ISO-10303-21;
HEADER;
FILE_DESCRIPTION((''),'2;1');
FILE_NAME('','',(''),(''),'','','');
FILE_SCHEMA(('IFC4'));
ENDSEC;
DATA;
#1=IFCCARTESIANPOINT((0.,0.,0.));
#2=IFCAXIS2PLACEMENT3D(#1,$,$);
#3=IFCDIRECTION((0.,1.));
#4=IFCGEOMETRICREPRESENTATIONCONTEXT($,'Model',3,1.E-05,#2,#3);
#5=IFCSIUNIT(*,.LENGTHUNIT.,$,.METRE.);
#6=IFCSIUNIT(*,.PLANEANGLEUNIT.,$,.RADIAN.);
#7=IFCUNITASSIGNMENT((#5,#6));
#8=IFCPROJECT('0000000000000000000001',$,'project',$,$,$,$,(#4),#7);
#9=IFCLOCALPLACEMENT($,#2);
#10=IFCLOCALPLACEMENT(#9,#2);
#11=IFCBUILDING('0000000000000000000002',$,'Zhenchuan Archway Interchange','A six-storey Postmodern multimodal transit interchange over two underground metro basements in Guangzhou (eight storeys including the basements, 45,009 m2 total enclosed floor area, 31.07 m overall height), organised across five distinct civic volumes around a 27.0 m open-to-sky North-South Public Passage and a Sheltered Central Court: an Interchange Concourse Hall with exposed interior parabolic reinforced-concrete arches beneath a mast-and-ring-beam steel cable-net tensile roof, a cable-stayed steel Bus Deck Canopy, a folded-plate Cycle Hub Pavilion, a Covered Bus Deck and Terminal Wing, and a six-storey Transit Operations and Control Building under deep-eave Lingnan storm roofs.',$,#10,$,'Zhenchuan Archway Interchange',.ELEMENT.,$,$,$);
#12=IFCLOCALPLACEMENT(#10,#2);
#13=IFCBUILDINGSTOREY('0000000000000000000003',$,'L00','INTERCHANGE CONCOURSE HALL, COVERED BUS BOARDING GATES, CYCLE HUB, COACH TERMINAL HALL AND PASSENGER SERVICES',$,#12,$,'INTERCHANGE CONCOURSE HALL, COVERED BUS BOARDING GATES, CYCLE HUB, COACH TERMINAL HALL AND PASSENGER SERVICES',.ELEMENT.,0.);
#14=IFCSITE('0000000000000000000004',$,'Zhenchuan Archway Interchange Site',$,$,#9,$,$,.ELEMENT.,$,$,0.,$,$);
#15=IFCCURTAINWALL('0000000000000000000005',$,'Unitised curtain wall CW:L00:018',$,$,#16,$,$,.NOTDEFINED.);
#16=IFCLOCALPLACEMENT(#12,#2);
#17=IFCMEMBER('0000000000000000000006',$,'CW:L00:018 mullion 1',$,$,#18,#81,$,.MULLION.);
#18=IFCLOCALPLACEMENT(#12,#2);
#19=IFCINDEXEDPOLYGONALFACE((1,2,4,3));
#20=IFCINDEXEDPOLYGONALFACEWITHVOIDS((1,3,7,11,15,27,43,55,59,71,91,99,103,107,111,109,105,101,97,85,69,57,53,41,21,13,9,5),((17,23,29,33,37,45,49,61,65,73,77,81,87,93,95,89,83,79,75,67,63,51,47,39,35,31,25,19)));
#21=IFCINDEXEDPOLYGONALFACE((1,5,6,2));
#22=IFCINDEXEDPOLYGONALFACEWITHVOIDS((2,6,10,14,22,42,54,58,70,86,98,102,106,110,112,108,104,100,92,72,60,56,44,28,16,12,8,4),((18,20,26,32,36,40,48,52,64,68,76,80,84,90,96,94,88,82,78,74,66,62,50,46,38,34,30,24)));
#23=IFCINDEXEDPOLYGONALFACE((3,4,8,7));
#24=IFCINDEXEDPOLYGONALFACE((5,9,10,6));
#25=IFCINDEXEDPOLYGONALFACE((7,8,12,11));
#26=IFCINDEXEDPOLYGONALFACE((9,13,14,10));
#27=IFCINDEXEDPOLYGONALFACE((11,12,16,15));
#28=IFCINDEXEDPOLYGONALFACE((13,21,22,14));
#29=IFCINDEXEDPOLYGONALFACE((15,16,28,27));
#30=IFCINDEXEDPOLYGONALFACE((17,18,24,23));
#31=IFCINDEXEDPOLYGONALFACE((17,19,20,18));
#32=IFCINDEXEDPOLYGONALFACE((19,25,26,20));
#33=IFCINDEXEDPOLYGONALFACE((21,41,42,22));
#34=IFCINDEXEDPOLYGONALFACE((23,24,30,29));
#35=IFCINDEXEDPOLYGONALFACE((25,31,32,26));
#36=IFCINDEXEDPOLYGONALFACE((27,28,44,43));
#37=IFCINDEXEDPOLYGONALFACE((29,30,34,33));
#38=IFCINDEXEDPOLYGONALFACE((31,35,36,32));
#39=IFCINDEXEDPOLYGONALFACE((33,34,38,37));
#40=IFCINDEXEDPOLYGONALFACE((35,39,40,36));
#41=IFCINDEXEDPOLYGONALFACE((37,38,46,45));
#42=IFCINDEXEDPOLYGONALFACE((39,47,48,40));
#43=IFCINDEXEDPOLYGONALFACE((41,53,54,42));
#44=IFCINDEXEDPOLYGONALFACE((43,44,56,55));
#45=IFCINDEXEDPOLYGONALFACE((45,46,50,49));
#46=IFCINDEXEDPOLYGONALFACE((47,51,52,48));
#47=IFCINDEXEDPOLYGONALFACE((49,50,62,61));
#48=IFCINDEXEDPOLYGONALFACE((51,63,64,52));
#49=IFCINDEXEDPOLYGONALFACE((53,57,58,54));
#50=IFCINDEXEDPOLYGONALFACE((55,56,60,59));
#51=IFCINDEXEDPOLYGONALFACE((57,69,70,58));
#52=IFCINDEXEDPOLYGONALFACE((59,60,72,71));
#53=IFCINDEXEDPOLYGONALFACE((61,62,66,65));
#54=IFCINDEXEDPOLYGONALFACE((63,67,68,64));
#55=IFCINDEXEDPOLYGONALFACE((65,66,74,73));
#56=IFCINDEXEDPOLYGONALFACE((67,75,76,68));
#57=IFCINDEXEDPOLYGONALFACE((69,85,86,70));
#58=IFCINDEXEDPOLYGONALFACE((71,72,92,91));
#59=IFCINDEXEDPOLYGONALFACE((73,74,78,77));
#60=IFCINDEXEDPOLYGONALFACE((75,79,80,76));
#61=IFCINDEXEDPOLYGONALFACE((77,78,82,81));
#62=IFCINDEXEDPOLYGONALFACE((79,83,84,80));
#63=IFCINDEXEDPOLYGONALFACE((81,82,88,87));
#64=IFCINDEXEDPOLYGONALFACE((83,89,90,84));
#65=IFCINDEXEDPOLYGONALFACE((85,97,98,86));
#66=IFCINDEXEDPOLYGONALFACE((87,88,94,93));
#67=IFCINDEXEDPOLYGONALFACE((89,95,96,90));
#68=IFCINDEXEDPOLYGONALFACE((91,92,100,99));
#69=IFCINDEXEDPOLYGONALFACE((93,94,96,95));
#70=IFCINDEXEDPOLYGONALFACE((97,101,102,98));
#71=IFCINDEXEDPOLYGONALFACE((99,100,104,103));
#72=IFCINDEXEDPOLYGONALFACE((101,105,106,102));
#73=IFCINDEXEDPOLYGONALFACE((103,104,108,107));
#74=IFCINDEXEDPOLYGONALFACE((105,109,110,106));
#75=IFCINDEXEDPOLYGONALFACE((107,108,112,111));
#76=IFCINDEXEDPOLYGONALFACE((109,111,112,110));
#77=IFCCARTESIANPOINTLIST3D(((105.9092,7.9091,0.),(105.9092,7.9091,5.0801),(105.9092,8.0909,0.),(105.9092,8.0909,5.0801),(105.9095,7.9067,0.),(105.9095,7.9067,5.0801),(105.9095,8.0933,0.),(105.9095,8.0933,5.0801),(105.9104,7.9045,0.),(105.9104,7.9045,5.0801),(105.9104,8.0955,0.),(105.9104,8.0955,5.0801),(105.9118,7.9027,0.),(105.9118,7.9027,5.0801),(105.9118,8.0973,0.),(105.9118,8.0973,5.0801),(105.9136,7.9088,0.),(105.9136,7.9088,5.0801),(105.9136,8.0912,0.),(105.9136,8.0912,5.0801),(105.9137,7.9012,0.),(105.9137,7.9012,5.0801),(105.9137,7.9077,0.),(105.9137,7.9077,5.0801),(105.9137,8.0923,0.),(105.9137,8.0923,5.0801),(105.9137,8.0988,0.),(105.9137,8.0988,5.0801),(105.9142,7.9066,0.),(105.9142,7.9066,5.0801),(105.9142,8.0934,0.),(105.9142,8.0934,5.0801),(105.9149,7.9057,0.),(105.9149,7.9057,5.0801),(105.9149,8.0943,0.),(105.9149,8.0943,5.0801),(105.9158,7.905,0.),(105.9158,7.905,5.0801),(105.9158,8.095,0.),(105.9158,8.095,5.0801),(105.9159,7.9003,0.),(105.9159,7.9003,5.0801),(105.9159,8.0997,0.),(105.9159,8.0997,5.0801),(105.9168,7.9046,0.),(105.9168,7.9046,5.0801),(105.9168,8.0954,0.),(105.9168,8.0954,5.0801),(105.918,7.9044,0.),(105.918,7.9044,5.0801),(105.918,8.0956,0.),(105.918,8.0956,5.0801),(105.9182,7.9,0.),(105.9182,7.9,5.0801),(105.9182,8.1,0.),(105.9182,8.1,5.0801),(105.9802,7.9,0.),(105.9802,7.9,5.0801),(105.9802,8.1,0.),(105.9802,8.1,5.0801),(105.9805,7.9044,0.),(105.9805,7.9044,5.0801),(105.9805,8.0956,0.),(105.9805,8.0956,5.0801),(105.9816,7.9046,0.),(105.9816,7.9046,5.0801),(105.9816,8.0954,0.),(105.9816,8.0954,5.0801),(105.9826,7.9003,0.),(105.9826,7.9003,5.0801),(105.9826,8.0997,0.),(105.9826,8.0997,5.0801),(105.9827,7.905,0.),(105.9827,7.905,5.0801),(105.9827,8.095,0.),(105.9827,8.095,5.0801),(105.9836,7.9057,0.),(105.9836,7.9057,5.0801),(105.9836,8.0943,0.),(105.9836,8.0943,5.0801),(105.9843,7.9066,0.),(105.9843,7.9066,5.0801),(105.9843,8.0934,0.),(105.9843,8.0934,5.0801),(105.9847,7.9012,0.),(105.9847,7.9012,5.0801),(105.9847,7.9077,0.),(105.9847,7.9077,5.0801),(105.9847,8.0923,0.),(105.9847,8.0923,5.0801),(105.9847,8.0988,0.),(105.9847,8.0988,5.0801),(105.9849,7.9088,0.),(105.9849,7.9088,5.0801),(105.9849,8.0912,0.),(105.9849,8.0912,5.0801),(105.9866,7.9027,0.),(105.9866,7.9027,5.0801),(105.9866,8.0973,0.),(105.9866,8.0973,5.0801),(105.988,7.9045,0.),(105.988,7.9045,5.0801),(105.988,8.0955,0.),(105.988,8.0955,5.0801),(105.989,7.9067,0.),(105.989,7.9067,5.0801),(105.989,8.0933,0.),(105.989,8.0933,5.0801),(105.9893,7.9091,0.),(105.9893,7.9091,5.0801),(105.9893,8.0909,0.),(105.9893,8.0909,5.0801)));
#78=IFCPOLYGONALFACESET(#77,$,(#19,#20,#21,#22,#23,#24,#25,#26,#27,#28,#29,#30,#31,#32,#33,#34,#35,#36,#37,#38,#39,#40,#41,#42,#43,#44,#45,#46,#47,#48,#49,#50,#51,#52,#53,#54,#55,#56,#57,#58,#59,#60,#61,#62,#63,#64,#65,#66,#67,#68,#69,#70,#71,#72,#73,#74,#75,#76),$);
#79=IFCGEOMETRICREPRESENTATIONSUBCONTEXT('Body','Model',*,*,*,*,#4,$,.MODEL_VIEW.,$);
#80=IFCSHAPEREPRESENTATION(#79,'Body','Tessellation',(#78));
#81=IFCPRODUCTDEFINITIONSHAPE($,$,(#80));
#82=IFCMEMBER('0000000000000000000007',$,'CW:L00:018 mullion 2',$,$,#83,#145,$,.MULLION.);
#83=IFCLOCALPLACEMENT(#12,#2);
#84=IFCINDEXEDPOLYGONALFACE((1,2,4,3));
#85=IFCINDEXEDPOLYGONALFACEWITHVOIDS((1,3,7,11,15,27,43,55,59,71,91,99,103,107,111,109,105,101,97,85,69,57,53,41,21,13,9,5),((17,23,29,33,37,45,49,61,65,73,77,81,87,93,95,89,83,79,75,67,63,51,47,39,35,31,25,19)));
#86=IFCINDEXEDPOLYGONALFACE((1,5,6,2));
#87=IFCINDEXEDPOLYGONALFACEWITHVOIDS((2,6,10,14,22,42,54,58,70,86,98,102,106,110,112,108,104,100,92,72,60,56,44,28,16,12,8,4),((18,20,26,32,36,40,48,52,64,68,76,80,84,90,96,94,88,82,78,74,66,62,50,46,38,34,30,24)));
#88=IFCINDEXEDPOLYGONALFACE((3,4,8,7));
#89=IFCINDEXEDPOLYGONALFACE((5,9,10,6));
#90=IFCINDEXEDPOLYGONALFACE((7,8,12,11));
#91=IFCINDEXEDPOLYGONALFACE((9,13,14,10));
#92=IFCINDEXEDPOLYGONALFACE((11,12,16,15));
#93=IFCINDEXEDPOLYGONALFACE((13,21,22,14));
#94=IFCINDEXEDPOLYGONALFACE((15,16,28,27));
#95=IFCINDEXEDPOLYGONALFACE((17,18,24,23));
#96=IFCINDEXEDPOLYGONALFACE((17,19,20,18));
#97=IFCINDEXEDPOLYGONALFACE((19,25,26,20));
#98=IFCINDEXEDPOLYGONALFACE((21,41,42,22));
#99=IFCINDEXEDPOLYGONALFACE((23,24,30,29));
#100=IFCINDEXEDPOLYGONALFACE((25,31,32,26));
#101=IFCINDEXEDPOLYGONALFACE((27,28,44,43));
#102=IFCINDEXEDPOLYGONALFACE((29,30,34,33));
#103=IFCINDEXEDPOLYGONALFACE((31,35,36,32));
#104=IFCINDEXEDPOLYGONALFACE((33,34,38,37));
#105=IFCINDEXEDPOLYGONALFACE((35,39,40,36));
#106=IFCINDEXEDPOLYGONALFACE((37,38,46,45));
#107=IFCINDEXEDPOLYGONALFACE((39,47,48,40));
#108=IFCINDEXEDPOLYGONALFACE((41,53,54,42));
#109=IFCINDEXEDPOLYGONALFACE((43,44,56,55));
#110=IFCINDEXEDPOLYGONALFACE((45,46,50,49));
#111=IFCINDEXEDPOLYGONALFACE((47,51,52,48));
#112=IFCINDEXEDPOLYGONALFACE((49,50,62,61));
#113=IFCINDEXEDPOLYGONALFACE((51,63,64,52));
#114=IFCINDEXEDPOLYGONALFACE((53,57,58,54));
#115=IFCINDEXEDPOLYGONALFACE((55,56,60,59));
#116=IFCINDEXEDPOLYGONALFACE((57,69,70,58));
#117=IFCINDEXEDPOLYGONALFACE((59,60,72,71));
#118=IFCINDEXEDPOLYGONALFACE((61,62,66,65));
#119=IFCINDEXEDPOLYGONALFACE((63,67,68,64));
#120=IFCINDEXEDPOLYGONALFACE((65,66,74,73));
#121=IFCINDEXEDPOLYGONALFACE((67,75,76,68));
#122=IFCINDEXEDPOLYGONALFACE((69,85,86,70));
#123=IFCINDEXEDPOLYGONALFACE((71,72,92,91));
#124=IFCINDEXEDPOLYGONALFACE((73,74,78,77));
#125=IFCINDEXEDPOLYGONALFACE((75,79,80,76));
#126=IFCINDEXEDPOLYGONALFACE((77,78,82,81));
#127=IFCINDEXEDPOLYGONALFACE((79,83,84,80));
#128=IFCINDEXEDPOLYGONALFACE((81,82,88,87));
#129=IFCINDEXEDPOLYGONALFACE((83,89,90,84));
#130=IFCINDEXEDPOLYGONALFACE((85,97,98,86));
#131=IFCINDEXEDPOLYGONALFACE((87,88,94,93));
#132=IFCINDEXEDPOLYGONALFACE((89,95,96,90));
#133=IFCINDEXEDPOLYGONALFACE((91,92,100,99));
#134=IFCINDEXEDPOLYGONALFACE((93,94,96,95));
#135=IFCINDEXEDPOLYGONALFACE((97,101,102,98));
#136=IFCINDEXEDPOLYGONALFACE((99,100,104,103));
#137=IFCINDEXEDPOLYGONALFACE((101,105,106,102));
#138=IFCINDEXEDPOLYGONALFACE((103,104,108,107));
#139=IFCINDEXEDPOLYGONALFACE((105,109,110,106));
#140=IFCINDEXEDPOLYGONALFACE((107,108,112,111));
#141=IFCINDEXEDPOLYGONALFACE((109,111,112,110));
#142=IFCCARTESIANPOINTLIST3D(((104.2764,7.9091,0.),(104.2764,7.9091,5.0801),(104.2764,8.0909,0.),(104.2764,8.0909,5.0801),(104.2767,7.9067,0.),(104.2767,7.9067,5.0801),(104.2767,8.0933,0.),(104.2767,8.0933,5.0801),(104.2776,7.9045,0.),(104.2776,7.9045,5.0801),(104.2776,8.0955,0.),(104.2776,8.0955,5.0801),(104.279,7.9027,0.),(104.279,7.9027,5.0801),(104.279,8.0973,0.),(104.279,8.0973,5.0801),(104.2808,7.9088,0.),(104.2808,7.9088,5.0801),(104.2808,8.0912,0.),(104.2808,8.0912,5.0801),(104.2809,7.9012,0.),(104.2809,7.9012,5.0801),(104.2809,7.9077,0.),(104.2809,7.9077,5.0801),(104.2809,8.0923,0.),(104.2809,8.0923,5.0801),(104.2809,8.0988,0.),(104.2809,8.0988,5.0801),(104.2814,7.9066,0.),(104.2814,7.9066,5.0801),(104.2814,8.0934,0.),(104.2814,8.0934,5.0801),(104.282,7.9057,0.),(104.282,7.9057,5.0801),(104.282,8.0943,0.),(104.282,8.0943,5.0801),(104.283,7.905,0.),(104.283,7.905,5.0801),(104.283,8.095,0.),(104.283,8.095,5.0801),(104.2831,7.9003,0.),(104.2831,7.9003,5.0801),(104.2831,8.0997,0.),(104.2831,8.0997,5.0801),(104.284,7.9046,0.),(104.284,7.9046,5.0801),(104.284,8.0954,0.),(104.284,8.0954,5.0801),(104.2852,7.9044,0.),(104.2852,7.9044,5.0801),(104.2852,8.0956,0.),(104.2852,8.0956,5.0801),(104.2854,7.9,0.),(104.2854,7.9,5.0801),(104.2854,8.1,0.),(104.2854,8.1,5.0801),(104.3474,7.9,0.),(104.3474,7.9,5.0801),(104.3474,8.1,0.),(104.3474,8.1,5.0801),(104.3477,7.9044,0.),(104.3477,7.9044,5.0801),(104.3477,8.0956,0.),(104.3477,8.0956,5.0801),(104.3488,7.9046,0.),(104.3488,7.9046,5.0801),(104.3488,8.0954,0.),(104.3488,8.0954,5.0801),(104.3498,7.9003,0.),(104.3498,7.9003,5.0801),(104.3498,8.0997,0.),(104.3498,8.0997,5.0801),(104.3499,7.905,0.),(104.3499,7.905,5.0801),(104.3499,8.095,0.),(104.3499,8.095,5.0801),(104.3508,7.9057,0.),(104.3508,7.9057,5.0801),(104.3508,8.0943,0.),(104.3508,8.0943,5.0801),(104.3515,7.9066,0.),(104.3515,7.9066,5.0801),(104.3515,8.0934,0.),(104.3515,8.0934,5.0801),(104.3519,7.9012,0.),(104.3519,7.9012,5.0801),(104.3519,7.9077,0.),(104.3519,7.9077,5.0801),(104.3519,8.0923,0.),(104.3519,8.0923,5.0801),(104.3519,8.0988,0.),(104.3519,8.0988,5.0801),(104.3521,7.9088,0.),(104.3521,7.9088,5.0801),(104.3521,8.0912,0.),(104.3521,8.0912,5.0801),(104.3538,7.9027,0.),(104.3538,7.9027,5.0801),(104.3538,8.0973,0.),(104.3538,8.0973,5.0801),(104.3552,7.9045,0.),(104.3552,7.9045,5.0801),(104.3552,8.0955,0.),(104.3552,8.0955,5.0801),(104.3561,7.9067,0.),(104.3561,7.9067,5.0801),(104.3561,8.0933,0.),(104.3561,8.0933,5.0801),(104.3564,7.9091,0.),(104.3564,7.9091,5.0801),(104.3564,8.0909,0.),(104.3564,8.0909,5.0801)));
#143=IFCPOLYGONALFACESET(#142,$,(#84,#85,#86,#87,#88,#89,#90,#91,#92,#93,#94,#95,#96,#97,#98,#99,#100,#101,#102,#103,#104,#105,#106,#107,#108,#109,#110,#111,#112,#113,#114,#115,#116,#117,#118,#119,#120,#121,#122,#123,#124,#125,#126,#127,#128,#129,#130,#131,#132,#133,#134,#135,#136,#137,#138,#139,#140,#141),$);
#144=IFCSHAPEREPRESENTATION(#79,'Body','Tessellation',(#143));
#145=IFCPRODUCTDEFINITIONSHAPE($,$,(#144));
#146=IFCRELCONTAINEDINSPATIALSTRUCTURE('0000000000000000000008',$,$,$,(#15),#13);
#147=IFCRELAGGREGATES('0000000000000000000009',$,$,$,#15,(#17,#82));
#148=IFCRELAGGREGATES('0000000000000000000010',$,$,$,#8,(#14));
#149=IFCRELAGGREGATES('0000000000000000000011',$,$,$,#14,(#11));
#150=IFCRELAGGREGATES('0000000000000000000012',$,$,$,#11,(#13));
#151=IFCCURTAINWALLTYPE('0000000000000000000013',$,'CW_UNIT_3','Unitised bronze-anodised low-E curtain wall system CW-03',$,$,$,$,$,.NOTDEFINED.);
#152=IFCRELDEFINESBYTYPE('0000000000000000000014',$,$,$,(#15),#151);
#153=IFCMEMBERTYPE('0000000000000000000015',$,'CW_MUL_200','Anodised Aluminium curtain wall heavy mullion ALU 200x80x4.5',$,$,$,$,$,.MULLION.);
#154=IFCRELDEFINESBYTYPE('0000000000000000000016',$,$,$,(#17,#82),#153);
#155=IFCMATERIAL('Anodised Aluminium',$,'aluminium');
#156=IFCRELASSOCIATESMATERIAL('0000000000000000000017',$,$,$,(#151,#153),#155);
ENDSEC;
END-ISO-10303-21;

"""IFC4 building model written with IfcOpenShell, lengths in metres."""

from ifc_helpers import new_model, si_unit, direction, frame, origin, origin_2d, place, context, subcontext, project, spatial, hollow_rectangle, extrude, material, material_profile, profile_set, type_object, element, aggregate, save


model = new_model("IFC4")

# Units and contexts
model_context = context("Model", 3, precision=1e-05, world=origin(), true_north=direction((0.0, 1.0)))
body_context = subcontext(model_context, "Body", "Model", "MODEL_VIEW")
ifc_project = project(units=[si_unit("LENGTHUNIT", "METRE"), si_unit("PLANEANGLEUNIT", "RADIAN")], contexts=[model_context])

# Site, building, storey
site_placement = place(None, origin())
site = spatial("IfcSite", under=ifc_project, at=site_placement, Name="Zhenchuan Archway Interchange Site", CompositionType="ELEMENT", RefElevation=0.0)
building_placement = place(site_placement, origin())
building = spatial("IfcBuilding", under=site, at=building_placement, Name="Zhenchuan Archway Interchange", Description="A six-storey Postmodern multimodal transit interchange over two underground metro basements in Guangzhou (eight storeys including the basements, 45,009 m2 total enclosed floor area, 31.07 m overall height), organised across five distinct civic volumes around a 27.0 m open-to-sky North-South Public Passage and a Sheltered Central Court: an Interchange Concourse Hall with exposed interior parabolic reinforced-concrete arches beneath a mast-and-ring-beam steel cable-net tensile roof, a cable-stayed steel Bus Deck Canopy, a folded-plate Cycle Hub Pavilion, a Covered Bus Deck and Terminal Wing, and a six-storey Transit Operations and Control Building under deep-eave Lingnan storm roofs.", LongName="Zhenchuan Archway Interchange", CompositionType="ELEMENT")
storey_placement = place(building_placement, origin())
storey = spatial("IfcBuildingStorey", under=building, at=storey_placement, Name="L00", Description="INTERCHANGE CONCOURSE HALL, COVERED BUS BOARDING GATES, CYCLE HUB, COACH TERMINAL HALL AND PASSENGER SERVICES", LongName="INTERCHANGE CONCOURSE HALL, COVERED BUS BOARDING GATES, CYCLE HUB, COACH TERMINAL HALL AND PASSENGER SERVICES", CompositionType="ELEMENT", Elevation=0.0)

# Curtain wall, members
ifc_material_1 = material(Name="Anodised Aluminium", Category="aluminium")
curtain_wall_type = type_object("IfcCurtainWallType", Name="CW_UNIT_3", Description="Unitised bronze-anodised low-E curtain wall system CW-03", PredefinedType="NOTDEFINED", material=ifc_material_1)
curtain_wall_placement = place(storey_placement, origin())
curtain_wall = element("IfcCurtainWall", 1, at=curtain_wall_placement, inside=storey, type_object=curtain_wall_type, Name="Unitised curtain wall CW:L00:018", PredefinedType="NOTDEFINED")
ifc_material_profile_1 = material_profile(ifc_material_1, hollow_rectangle(XDim=0.0801, YDim=0.2, WallThickness=0.0044, InnerFilletRadius=0.0044, OuterFilletRadius=0.009, at=origin_2d()), Name="ALU 200x80x4.5")
ifc_profile_set_1 = profile_set([ifc_material_profile_1], Name="Anodised Aluminium")
member_type_1 = type_object("IfcMemberType", Name="CW_MUL_200", Description="Anodised Aluminium curtain wall heavy mullion ALU 200x80x4.5", PredefinedType="MULLION", material=ifc_profile_set_1)
member_1_placement = place(storey_placement, frame((105.9492, 8.0, 0.0), z_axis=(0.0, 0.0, 1.0), x_axis=(1.0, 0.0, 0.0)))
member_1 = element("IfcMember", 2, at=member_1_placement, type_object=member_type_1, Name="CW:L00:018 mullion 1", PredefinedType="MULLION", context=body_context, shape_type="SweptSolid", body=[
    extrude(hollow_rectangle(XDim=0.0801, YDim=0.2, WallThickness=0.0044, InnerFilletRadius=0.0044, OuterFilletRadius=0.009, at=origin_2d()), origin(), (0.0, 0.0, 1.0), 5.0801),
])
member_2_placement = place(storey_placement, frame((104.3164, 8.0, 0.0), z_axis=(0.0, 0.0, 1.0), x_axis=(1.0, 0.0, 0.0)))
member_2 = element("IfcMember", 3, at=member_2_placement, type_object=member_type_1, Name="CW:L00:018 mullion 2", PredefinedType="MULLION", context=body_context, shape_type="SweptSolid", body=[
    extrude(hollow_rectangle(XDim=0.0801, YDim=0.2, WallThickness=0.0044, InnerFilletRadius=0.0044, OuterFilletRadius=0.009, at=origin_2d()), origin(), (0.0, 0.0, 1.0), 5.0801),
])

aggregate(curtain_wall, [member_1, member_2])

save(model, "model.ifc")
